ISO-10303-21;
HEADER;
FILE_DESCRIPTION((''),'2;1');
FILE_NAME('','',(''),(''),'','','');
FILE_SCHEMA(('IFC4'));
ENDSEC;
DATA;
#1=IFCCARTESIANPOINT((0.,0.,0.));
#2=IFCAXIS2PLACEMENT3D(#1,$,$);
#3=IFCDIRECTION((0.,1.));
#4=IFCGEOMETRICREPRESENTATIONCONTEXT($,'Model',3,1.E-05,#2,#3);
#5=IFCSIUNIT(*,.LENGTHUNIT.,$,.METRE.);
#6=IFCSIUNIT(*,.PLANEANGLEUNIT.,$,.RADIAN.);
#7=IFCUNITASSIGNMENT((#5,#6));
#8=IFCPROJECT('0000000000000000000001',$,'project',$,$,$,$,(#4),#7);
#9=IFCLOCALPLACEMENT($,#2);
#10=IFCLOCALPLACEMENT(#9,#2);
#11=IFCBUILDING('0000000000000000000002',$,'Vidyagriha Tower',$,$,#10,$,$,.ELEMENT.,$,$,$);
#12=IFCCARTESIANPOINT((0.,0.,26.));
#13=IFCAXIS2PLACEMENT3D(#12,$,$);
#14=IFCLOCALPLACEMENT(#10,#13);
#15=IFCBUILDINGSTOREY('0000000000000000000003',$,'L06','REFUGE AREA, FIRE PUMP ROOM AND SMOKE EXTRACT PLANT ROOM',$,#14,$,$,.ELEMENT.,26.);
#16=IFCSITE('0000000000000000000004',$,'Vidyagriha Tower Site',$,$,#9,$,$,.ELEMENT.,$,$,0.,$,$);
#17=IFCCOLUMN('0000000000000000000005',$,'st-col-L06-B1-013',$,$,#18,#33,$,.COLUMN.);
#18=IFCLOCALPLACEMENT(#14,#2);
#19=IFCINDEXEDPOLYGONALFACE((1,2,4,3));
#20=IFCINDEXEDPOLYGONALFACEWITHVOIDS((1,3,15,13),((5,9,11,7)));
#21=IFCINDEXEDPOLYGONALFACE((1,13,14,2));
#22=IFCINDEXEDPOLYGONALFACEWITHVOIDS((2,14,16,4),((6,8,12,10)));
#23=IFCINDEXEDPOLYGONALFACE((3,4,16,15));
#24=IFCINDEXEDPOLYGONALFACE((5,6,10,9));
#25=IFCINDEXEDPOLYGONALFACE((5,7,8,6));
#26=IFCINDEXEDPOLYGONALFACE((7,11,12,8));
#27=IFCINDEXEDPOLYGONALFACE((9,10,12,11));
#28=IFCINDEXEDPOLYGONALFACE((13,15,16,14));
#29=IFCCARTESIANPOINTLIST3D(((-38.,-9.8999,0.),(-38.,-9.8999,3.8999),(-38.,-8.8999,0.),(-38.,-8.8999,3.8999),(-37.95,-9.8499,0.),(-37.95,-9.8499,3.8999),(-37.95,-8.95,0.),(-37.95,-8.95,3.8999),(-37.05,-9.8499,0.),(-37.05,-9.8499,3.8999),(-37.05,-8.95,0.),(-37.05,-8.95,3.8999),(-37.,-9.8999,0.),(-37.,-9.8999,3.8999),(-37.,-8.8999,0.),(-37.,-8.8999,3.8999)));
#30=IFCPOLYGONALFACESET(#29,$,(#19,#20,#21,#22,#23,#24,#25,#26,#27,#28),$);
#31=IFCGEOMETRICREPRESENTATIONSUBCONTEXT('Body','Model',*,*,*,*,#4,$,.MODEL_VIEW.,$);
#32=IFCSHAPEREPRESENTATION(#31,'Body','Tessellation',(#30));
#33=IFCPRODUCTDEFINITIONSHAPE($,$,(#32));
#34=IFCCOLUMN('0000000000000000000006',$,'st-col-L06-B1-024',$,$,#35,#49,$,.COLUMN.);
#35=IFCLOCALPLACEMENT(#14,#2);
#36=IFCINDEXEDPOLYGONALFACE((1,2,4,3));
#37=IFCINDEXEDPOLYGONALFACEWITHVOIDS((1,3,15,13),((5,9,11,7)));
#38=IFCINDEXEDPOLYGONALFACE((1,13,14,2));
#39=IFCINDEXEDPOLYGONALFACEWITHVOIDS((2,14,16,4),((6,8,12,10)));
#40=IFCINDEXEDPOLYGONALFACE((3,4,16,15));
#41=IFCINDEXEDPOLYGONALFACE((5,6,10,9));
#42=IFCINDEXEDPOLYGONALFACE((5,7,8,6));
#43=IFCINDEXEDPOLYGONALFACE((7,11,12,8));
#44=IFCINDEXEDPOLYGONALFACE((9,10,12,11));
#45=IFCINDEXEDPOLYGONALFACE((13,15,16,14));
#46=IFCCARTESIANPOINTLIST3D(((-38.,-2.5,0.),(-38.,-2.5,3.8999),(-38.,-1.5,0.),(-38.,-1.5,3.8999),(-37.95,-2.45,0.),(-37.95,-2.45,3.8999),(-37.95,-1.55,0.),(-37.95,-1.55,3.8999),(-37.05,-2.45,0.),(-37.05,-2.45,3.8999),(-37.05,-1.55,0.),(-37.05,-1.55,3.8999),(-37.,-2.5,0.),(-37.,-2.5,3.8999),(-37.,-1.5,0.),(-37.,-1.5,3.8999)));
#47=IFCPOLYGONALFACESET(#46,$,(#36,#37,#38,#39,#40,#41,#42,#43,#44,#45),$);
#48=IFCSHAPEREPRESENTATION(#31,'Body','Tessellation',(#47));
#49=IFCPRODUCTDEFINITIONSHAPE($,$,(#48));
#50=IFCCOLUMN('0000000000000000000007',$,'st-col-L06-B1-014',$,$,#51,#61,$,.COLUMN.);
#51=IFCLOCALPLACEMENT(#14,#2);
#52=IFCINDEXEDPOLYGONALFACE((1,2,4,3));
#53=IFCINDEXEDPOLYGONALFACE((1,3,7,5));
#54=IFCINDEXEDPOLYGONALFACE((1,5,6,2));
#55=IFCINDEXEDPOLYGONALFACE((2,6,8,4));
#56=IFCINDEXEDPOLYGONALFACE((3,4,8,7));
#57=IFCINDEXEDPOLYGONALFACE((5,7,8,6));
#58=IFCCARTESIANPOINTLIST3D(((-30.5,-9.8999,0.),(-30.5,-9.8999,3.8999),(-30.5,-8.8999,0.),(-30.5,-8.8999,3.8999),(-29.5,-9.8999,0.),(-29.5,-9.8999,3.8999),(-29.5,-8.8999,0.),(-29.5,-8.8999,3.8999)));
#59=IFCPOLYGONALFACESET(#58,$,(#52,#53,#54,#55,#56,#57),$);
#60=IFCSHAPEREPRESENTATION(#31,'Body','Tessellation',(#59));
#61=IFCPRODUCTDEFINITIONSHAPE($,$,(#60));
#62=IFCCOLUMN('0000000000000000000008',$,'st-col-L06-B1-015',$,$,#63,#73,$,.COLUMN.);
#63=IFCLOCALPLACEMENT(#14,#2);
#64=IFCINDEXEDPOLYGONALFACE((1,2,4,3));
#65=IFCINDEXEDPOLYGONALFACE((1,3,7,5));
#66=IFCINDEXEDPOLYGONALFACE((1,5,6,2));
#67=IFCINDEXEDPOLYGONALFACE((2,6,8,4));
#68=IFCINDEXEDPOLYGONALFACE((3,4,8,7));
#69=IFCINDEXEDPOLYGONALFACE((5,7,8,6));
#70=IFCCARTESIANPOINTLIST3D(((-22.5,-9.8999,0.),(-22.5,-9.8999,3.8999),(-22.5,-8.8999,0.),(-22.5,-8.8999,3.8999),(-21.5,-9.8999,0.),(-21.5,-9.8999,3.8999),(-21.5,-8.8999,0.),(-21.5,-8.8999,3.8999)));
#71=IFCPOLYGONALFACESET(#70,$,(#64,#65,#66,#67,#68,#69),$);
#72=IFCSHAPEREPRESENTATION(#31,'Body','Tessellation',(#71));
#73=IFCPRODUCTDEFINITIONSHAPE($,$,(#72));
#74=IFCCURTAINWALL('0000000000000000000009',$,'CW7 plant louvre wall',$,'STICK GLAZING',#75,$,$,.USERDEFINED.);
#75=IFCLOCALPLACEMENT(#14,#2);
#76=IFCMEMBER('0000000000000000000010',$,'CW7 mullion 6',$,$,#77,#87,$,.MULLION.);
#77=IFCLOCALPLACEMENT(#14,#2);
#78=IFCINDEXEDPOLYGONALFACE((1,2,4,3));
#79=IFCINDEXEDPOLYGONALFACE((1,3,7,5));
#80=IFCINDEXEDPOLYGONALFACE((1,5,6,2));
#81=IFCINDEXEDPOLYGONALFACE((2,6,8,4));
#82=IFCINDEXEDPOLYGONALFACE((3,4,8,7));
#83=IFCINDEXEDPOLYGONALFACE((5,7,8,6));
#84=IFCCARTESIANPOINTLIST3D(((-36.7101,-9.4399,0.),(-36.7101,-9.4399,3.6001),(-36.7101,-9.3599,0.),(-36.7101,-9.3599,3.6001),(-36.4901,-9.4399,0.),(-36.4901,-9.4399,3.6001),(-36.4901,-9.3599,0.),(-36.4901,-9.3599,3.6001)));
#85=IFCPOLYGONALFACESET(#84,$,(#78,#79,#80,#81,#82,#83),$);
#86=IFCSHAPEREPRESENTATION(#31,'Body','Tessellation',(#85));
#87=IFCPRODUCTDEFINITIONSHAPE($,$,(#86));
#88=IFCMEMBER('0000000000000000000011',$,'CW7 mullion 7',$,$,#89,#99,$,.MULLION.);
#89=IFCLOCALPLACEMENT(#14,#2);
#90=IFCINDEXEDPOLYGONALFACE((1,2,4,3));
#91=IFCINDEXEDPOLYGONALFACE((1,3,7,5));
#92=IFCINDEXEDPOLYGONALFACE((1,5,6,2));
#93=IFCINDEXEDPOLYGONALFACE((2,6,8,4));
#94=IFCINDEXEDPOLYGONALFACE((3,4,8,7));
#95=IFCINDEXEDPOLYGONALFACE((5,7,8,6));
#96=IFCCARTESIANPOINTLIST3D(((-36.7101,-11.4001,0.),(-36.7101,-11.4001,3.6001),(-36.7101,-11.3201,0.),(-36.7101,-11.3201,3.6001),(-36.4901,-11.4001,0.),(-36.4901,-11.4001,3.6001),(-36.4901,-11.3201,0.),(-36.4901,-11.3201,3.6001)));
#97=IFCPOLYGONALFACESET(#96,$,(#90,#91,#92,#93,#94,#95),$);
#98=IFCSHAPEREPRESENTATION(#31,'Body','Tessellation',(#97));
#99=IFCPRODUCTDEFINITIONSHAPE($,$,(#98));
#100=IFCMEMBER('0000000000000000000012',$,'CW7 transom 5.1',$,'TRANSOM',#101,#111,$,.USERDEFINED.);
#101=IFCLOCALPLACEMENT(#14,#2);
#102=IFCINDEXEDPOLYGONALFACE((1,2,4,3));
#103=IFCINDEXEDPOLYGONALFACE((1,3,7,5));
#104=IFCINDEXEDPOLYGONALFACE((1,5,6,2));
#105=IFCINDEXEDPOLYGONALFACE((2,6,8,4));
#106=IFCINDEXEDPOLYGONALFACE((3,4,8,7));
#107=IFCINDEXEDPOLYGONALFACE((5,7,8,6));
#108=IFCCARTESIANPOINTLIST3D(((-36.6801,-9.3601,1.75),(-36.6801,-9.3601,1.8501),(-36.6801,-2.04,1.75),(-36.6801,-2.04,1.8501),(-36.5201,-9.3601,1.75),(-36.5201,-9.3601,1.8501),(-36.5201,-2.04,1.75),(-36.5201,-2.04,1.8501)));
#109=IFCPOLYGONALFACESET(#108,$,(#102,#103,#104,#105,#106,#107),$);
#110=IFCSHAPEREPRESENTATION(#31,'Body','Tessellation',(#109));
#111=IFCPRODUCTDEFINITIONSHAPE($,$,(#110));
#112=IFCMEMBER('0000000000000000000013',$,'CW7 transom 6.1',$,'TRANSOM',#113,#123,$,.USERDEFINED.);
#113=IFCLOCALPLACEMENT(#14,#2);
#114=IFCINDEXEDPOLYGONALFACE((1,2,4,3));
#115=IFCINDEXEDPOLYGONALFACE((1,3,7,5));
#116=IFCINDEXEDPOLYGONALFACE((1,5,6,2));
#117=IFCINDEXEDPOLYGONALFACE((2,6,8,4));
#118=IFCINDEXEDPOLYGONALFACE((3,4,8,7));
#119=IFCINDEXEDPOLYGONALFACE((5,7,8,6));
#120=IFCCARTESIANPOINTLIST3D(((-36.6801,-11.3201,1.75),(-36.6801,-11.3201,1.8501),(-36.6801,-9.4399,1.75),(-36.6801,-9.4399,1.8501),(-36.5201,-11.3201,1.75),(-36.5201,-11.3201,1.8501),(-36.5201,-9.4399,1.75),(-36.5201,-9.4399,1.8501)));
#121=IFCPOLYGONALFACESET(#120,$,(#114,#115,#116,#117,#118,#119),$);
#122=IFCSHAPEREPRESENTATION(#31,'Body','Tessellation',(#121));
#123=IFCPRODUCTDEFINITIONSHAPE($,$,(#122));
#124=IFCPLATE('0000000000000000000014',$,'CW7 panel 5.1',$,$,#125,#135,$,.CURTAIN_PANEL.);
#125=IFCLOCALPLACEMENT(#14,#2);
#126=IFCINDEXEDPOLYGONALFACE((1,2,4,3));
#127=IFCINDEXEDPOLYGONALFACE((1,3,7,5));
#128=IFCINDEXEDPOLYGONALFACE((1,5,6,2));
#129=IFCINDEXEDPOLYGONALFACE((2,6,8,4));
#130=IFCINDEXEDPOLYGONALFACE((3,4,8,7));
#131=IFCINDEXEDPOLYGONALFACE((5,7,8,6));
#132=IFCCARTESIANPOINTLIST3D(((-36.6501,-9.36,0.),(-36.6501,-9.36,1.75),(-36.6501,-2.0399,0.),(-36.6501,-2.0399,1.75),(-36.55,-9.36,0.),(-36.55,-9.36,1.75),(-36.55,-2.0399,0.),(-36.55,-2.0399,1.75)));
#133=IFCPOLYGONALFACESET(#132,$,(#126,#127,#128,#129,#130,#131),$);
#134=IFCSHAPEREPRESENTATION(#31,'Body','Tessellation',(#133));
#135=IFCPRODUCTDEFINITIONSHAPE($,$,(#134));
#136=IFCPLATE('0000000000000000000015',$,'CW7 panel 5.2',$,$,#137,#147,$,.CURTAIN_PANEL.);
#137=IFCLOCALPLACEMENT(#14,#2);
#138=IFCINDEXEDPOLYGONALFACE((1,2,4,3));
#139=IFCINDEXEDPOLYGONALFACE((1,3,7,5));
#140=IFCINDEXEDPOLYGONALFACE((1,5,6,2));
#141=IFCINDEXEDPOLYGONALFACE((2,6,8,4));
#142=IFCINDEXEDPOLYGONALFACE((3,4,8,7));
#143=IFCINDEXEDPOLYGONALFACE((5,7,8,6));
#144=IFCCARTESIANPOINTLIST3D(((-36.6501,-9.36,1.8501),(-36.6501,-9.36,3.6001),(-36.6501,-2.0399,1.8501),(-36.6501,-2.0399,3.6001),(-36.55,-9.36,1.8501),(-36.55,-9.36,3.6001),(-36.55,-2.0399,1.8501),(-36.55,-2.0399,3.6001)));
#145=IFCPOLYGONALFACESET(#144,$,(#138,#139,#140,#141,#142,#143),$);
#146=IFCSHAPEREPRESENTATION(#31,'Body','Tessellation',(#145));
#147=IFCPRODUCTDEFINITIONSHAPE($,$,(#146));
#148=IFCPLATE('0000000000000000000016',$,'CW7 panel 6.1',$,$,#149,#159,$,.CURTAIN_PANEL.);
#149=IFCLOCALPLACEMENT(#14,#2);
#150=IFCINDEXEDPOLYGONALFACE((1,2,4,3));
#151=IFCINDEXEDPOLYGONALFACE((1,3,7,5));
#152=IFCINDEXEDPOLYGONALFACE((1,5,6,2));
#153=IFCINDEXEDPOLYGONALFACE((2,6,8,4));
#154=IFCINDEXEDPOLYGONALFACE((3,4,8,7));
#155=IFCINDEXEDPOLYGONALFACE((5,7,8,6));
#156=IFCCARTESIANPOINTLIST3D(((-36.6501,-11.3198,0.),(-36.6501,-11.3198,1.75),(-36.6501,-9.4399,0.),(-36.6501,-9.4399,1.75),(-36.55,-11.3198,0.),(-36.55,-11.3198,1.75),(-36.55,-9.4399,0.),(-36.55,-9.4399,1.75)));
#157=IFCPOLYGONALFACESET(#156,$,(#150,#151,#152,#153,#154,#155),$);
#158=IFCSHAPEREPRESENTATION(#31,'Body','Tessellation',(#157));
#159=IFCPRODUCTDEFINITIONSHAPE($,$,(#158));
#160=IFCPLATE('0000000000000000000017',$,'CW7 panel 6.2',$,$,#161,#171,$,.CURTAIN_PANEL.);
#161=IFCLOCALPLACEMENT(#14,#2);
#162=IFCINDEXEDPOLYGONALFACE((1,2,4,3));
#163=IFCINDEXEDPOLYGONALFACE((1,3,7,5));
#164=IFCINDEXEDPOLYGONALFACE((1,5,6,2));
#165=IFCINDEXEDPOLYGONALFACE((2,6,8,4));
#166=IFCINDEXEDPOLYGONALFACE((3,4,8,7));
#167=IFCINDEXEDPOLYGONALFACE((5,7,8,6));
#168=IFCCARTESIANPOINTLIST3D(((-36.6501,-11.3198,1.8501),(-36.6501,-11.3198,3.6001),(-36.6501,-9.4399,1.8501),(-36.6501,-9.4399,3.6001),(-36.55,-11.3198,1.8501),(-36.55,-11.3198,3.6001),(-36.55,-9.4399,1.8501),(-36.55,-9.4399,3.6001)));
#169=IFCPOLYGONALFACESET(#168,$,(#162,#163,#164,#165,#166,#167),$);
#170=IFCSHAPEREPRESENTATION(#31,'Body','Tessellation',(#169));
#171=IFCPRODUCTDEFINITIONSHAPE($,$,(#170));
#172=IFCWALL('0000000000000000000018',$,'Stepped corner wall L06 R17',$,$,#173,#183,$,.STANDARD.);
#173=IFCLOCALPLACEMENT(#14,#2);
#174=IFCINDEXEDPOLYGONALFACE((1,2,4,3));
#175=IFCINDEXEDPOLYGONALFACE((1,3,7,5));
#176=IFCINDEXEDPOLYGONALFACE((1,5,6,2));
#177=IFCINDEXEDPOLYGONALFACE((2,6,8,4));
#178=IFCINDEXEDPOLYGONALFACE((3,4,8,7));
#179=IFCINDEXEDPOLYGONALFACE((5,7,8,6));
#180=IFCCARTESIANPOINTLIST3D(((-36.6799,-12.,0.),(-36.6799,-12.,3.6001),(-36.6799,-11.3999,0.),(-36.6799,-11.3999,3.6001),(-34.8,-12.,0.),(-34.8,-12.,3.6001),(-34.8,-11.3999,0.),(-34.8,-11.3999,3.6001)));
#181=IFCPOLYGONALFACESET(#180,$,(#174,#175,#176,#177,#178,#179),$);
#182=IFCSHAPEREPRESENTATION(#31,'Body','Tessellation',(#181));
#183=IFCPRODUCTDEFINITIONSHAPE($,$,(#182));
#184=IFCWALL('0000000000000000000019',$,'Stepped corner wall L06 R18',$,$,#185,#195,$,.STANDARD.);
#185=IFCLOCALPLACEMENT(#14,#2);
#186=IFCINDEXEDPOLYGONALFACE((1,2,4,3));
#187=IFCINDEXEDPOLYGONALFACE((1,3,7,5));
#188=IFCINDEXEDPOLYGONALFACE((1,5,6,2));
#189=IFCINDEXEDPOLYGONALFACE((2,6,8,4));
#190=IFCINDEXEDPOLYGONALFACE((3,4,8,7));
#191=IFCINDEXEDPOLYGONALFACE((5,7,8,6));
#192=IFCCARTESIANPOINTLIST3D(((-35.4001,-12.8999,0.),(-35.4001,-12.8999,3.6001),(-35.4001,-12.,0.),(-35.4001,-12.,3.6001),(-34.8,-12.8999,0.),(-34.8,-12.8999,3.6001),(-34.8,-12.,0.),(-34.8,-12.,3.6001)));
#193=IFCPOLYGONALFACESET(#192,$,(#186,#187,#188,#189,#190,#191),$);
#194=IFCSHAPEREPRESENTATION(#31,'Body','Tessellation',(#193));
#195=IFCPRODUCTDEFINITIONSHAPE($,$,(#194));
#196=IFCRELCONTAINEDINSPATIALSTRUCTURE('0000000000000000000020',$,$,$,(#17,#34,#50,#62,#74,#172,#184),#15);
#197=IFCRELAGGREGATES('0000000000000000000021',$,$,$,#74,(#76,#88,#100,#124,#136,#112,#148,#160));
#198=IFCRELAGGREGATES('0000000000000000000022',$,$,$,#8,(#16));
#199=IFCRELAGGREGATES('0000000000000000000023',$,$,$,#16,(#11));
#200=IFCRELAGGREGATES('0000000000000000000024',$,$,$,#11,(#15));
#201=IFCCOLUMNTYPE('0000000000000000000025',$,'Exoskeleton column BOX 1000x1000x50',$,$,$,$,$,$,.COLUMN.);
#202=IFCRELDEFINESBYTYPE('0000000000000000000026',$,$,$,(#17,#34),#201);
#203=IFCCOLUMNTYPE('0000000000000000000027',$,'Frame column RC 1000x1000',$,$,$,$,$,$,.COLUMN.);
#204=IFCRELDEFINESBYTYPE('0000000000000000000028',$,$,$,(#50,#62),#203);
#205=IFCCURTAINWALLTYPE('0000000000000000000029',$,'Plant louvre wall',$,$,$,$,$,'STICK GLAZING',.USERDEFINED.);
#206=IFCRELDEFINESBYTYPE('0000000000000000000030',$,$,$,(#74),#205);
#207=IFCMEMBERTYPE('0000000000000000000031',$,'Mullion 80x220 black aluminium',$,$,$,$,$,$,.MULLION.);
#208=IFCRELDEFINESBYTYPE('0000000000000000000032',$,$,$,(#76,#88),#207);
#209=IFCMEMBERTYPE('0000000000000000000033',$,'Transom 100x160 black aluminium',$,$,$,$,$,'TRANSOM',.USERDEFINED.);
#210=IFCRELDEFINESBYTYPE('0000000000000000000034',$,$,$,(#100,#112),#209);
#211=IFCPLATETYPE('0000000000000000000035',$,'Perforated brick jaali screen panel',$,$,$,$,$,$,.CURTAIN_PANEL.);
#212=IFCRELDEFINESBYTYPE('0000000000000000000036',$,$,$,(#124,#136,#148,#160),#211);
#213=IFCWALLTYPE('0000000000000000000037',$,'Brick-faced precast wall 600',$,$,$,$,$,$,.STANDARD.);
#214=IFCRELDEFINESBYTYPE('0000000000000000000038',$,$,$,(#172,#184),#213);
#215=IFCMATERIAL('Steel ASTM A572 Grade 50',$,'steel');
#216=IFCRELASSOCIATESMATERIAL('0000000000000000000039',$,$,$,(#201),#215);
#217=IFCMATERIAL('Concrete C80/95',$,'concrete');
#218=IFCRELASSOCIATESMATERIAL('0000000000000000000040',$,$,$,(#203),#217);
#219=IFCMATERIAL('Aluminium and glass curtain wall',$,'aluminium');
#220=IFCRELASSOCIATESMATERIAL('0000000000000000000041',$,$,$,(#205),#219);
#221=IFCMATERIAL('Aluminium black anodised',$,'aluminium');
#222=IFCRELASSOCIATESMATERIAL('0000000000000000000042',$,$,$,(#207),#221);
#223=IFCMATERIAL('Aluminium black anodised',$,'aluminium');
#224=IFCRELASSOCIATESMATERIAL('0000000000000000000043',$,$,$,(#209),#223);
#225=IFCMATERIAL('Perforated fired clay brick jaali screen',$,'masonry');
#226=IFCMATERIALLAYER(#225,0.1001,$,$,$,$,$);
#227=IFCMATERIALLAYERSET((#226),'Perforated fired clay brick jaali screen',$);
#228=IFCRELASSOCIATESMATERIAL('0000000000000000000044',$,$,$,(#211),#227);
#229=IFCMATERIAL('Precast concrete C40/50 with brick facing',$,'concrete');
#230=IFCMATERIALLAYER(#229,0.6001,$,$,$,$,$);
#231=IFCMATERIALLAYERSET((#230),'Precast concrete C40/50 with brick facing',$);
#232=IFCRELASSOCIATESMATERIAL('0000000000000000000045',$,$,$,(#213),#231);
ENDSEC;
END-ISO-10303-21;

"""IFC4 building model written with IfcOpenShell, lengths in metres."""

from ifc_helpers import new_model, si_unit, direction, frame, frame_2d, origin, origin_2d, place, context, subcontext, project, spatial, rectangle, hollow_rectangle, extrude, material, layer, layer_set, material_profile, profile_set, type_object, element, aggregate, save


model = new_model("IFC4")

# Units and contexts
model_context = context("Model", 3, precision=1e-05, world=origin(), true_north=direction((0.0, 1.0)))
body_context = subcontext(model_context, "Body", "Model", "MODEL_VIEW")
ifc_project = project(units=[si_unit("LENGTHUNIT", "METRE"), si_unit("PLANEANGLEUNIT", "RADIAN")], contexts=[model_context])

# Site, building, storey
site_placement = place(None, origin())
site = spatial("IfcSite", under=ifc_project, at=site_placement, Name="Vidyagriha Tower Site", CompositionType="ELEMENT", RefElevation=0.0)
building_placement = place(site_placement, origin())
building = spatial("IfcBuilding", under=site, at=building_placement, Name="Vidyagriha Tower", CompositionType="ELEMENT")
storey_placement = place(building_placement, frame((0.0, 0.0, 26.0)))
storey = spatial("IfcBuildingStorey", under=building, at=storey_placement, Name="L06", Description="REFUGE AREA, FIRE PUMP ROOM AND SMOKE EXTRACT PLANT ROOM", CompositionType="ELEMENT", Elevation=26.0)

# Columns
ifc_material_1 = material(Name="Steel ASTM A572 Grade 50", Category="steel")
ifc_material_profile_1 = material_profile(ifc_material_1, hollow_rectangle(XDim=1.0, YDim=1.0, WallThickness=0.05, at=origin_2d()), Name="BOX 1000x1000x50")
ifc_profile_set_1 = profile_set([ifc_material_profile_1], Name="Steel ASTM A572 Grade 50")
column_type_1 = type_object("IfcColumnType", Name="Exoskeleton column BOX 1000x1000x50", PredefinedType="COLUMN", material=ifc_profile_set_1)
for number, where, name in (
    (1, (-37.5, -9.3999, 0.0), "st-col-L06-B1-013"),
    (2, (-37.5, -2.0, 0.0), "st-col-L06-B1-024"),
):
    element("IfcColumn", number, at=place(storey_placement, frame(where)), inside=storey, type_object=column_type_1, Name=name, PredefinedType="COLUMN", context=body_context, shape_type="SweptSolid", body=[
        extrude(hollow_rectangle(XDim=1.0, YDim=1.0, WallThickness=0.05, at=origin_2d()), origin(), (0.0, 0.0, 1.0), 3.8999),
    ])
ifc_material_2 = material(Name="Concrete C80/95", Category="concrete")
ifc_material_profile_2 = material_profile(ifc_material_2, rectangle(XDim=1.0, YDim=1.0, at=origin_2d()), Name="RC 1000x1000")
ifc_profile_set_2 = profile_set([ifc_material_profile_2], Name="Concrete C80/95")
column_type_2 = type_object("IfcColumnType", Name="Frame column RC 1000x1000", PredefinedType="COLUMN", material=ifc_profile_set_2)
for number, where, name in (
    (3, (-30.0, -9.3999, 0.0), "st-col-L06-B1-014"),
    (4, (-22.0, -9.3999, 0.0), "st-col-L06-B1-015"),
):
    element("IfcColumn", number, at=place(storey_placement, frame(where)), inside=storey, type_object=column_type_2, Name=name, PredefinedType="COLUMN", context=body_context, shape_type="SweptSolid", body=[
        extrude(rectangle(XDim=1.0, YDim=1.0, at=origin_2d()), origin(), (0.0, 0.0, 1.0), 3.8999),
    ])

# Curtain wall, members, plates
ifc_material_3 = material(Name="Aluminium and glass curtain wall", Category="aluminium")
curtain_wall_type = type_object("IfcCurtainWallType", Name="Plant louvre wall", ElementType="STICK GLAZING", PredefinedType="USERDEFINED", material=ifc_material_3)
curtain_wall_placement = place(storey_placement, origin())
curtain_wall = element("IfcCurtainWall", 5, at=curtain_wall_placement, inside=storey, type_object=curtain_wall_type, Name="CW7 plant louvre wall", ObjectType="STICK GLAZING", PredefinedType="USERDEFINED")
ifc_material_4 = material(Name="Aluminium black anodised", Category="aluminium")
ifc_material_profile_3 = material_profile(ifc_material_4, rectangle(XDim=0.22, YDim=0.0801, at=origin_2d()), Name="Mullion 80x220 black aluminium")
ifc_profile_set_3 = profile_set([ifc_material_profile_3], Name="Aluminium black anodised")
member_type_1 = type_object("IfcMemberType", Name="Mullion 80x220 black aluminium", PredefinedType="MULLION", material=ifc_profile_set_3)
member_1_placement = place(storey_placement, frame((-36.6001, -9.3999, 0.0)))
member_1 = element("IfcMember", 6, at=member_1_placement, type_object=member_type_1, Name="CW7 mullion 6", PredefinedType="MULLION", context=body_context, shape_type="SweptSolid", body=[
    extrude(rectangle(XDim=0.22, YDim=0.0801, at=origin_2d()), origin(), (0.0, 0.0, 1.0), 3.6001),
])
member_2_placement = place(storey_placement, frame((-36.6001, -11.3601, 0.0)))
member_2 = element("IfcMember", 7, at=member_2_placement, type_object=member_type_1, Name="CW7 mullion 7", PredefinedType="MULLION", context=body_context, shape_type="SweptSolid", body=[
    extrude(rectangle(XDim=0.22, YDim=0.0801, at=origin_2d()), origin(), (0.0, 0.0, 1.0), 3.6001),
])
ifc_material_5 = material(Name="Aluminium black anodised", Category="aluminium")
ifc_material_profile_4 = material_profile(ifc_material_5, rectangle(XDim=0.1599, YDim=0.1001, at=origin_2d()), Name="Transom 100x160 black aluminium")
ifc_profile_set_4 = profile_set([ifc_material_profile_4], Name="Aluminium black anodised")
member_type_2 = type_object("IfcMemberType", Name="Transom 100x160 black aluminium", ElementType="TRANSOM", PredefinedType="USERDEFINED", material=ifc_profile_set_4)
member_3_placement = place(storey_placement, frame((-36.6001, -2.04, 1.8), z_axis=(0.0, -1.0, 0.0), x_axis=(1.0, 0.0, 0.0)))
member_3 = element("IfcMember", 8, at=member_3_placement, type_object=member_type_2, Name="CW7 transom 5.1", ObjectType="TRANSOM", PredefinedType="USERDEFINED", context=body_context, shape_type="SweptSolid", body=[
    extrude(rectangle(XDim=0.1599, YDim=0.1001, at=origin_2d()), origin(), (0.0, 0.0, 1.0), 7.3201),
])
member_4_placement = place(storey_placement, frame((-36.6001, -9.4399, 1.8), z_axis=(0.0, -1.0, 0.0), x_axis=(1.0, 0.0, 0.0)))
member_4 = element("IfcMember", 9, at=member_4_placement, type_object=member_type_2, Name="CW7 transom 6.1", ObjectType="TRANSOM", PredefinedType="USERDEFINED", context=body_context, shape_type="SweptSolid", body=[
    extrude(rectangle(XDim=0.1599, YDim=0.1001, at=origin_2d()), origin(), (0.0, 0.0, 1.0), 1.8801),
])
ifc_material_6 = material(Name="Perforated fired clay brick jaali screen", Category="masonry")
ifc_layer_1 = layer(ifc_material_6, 0.1001)
ifc_layer_set_1 = layer_set([ifc_layer_1], Name="Perforated fired clay brick jaali screen")
plate_type = type_object("IfcPlateType", Name="Perforated brick jaali screen panel", PredefinedType="CURTAIN_PANEL", material=ifc_layer_set_1)
plate_1_placement = place(storey_placement, frame((-36.6001, -5.7, 0.0), z_axis=(0.0, 0.0, 1.0), x_axis=(0.0, -1.0, 0.0)))
plate_1 = element("IfcPlate", 10, at=plate_1_placement, type_object=plate_type, Name="CW7 panel 5.1", PredefinedType="CURTAIN_PANEL", context=body_context, shape_type="SweptSolid", body=[
    extrude(rectangle(XDim=7.3201, YDim=0.1001, at=origin_2d()), origin(), (0.0, 0.0, 1.0), 1.75),
])
plate_2_placement = place(storey_placement, frame((-36.6001, -5.7, 1.8501), z_axis=(0.0, 0.0, 1.0), x_axis=(0.0, -1.0, 0.0)))
plate_2 = element("IfcPlate", 11, at=plate_2_placement, type_object=plate_type, Name="CW7 panel 5.2", PredefinedType="CURTAIN_PANEL", context=body_context, shape_type="SweptSolid", body=[
    extrude(rectangle(XDim=7.3201, YDim=0.1001, at=origin_2d()), origin(), (0.0, 0.0, 1.0), 1.75),
])
plate_3_placement = place(storey_placement, frame((-36.6001, -10.3799, 0.0), z_axis=(0.0, 0.0, 1.0), x_axis=(0.0, -1.0, 0.0)))
plate_3 = element("IfcPlate", 12, at=plate_3_placement, type_object=plate_type, Name="CW7 panel 6.1", PredefinedType="CURTAIN_PANEL", context=body_context, shape_type="SweptSolid", body=[
    extrude(rectangle(XDim=1.8799, YDim=0.1001, at=origin_2d()), origin(), (0.0, 0.0, 1.0), 1.75),
])
plate_4_placement = place(storey_placement, frame((-36.6001, -10.3799, 1.8501), z_axis=(0.0, 0.0, 1.0), x_axis=(0.0, -1.0, 0.0)))
plate_4 = element("IfcPlate", 13, at=plate_4_placement, type_object=plate_type, Name="CW7 panel 6.2", PredefinedType="CURTAIN_PANEL", context=body_context, shape_type="SweptSolid", body=[
    extrude(rectangle(XDim=1.8799, YDim=0.1001, at=origin_2d()), origin(), (0.0, 0.0, 1.0), 1.75),
])
aggregate(curtain_wall, [member_1, member_2, member_3, plate_1, plate_2, member_4, plate_3, plate_4])

# Walls
ifc_material_7 = material(Name="Precast concrete C40/50 with brick facing", Category="concrete")
ifc_layer_2 = layer(ifc_material_7, 0.6001)
ifc_layer_set_2 = layer_set([ifc_layer_2], Name="Precast concrete C40/50 with brick facing")
wall_type = type_object("IfcWallType", Name="Brick-faced precast wall 600", PredefinedType="STANDARD", material=ifc_layer_set_2)
wall_1_placement = place(storey_placement, frame((-36.6799, -11.7, 0.0)))
element("IfcWall", 14, at=wall_1_placement, inside=storey, type_object=wall_type, Name="Stepped corner wall L06 R17", PredefinedType="STANDARD", context=body_context, shape_type="SweptSolid", body=[
    extrude(rectangle(XDim=1.8799, YDim=0.6001, at=frame_2d((0.9399, 0.0))), origin(), (0.0, 0.0, 1.0), 3.6001),
])
wall_2_placement = place(storey_placement, frame((-35.1001, -12.0, 0.0), z_axis=(0.0, 0.0, 1.0), x_axis=(0.0, -1.0, 0.0)))
element("IfcWall", 15, at=wall_2_placement, inside=storey, type_object=wall_type, Name="Stepped corner wall L06 R18", PredefinedType="STANDARD", context=body_context, shape_type="SweptSolid", body=[
    extrude(rectangle(XDim=0.8999, YDim=0.6001, at=frame_2d((0.45, 0.0))), origin(), (0.0, 0.0, 1.0), 3.6001),
])

save(model, "model.ifc")
